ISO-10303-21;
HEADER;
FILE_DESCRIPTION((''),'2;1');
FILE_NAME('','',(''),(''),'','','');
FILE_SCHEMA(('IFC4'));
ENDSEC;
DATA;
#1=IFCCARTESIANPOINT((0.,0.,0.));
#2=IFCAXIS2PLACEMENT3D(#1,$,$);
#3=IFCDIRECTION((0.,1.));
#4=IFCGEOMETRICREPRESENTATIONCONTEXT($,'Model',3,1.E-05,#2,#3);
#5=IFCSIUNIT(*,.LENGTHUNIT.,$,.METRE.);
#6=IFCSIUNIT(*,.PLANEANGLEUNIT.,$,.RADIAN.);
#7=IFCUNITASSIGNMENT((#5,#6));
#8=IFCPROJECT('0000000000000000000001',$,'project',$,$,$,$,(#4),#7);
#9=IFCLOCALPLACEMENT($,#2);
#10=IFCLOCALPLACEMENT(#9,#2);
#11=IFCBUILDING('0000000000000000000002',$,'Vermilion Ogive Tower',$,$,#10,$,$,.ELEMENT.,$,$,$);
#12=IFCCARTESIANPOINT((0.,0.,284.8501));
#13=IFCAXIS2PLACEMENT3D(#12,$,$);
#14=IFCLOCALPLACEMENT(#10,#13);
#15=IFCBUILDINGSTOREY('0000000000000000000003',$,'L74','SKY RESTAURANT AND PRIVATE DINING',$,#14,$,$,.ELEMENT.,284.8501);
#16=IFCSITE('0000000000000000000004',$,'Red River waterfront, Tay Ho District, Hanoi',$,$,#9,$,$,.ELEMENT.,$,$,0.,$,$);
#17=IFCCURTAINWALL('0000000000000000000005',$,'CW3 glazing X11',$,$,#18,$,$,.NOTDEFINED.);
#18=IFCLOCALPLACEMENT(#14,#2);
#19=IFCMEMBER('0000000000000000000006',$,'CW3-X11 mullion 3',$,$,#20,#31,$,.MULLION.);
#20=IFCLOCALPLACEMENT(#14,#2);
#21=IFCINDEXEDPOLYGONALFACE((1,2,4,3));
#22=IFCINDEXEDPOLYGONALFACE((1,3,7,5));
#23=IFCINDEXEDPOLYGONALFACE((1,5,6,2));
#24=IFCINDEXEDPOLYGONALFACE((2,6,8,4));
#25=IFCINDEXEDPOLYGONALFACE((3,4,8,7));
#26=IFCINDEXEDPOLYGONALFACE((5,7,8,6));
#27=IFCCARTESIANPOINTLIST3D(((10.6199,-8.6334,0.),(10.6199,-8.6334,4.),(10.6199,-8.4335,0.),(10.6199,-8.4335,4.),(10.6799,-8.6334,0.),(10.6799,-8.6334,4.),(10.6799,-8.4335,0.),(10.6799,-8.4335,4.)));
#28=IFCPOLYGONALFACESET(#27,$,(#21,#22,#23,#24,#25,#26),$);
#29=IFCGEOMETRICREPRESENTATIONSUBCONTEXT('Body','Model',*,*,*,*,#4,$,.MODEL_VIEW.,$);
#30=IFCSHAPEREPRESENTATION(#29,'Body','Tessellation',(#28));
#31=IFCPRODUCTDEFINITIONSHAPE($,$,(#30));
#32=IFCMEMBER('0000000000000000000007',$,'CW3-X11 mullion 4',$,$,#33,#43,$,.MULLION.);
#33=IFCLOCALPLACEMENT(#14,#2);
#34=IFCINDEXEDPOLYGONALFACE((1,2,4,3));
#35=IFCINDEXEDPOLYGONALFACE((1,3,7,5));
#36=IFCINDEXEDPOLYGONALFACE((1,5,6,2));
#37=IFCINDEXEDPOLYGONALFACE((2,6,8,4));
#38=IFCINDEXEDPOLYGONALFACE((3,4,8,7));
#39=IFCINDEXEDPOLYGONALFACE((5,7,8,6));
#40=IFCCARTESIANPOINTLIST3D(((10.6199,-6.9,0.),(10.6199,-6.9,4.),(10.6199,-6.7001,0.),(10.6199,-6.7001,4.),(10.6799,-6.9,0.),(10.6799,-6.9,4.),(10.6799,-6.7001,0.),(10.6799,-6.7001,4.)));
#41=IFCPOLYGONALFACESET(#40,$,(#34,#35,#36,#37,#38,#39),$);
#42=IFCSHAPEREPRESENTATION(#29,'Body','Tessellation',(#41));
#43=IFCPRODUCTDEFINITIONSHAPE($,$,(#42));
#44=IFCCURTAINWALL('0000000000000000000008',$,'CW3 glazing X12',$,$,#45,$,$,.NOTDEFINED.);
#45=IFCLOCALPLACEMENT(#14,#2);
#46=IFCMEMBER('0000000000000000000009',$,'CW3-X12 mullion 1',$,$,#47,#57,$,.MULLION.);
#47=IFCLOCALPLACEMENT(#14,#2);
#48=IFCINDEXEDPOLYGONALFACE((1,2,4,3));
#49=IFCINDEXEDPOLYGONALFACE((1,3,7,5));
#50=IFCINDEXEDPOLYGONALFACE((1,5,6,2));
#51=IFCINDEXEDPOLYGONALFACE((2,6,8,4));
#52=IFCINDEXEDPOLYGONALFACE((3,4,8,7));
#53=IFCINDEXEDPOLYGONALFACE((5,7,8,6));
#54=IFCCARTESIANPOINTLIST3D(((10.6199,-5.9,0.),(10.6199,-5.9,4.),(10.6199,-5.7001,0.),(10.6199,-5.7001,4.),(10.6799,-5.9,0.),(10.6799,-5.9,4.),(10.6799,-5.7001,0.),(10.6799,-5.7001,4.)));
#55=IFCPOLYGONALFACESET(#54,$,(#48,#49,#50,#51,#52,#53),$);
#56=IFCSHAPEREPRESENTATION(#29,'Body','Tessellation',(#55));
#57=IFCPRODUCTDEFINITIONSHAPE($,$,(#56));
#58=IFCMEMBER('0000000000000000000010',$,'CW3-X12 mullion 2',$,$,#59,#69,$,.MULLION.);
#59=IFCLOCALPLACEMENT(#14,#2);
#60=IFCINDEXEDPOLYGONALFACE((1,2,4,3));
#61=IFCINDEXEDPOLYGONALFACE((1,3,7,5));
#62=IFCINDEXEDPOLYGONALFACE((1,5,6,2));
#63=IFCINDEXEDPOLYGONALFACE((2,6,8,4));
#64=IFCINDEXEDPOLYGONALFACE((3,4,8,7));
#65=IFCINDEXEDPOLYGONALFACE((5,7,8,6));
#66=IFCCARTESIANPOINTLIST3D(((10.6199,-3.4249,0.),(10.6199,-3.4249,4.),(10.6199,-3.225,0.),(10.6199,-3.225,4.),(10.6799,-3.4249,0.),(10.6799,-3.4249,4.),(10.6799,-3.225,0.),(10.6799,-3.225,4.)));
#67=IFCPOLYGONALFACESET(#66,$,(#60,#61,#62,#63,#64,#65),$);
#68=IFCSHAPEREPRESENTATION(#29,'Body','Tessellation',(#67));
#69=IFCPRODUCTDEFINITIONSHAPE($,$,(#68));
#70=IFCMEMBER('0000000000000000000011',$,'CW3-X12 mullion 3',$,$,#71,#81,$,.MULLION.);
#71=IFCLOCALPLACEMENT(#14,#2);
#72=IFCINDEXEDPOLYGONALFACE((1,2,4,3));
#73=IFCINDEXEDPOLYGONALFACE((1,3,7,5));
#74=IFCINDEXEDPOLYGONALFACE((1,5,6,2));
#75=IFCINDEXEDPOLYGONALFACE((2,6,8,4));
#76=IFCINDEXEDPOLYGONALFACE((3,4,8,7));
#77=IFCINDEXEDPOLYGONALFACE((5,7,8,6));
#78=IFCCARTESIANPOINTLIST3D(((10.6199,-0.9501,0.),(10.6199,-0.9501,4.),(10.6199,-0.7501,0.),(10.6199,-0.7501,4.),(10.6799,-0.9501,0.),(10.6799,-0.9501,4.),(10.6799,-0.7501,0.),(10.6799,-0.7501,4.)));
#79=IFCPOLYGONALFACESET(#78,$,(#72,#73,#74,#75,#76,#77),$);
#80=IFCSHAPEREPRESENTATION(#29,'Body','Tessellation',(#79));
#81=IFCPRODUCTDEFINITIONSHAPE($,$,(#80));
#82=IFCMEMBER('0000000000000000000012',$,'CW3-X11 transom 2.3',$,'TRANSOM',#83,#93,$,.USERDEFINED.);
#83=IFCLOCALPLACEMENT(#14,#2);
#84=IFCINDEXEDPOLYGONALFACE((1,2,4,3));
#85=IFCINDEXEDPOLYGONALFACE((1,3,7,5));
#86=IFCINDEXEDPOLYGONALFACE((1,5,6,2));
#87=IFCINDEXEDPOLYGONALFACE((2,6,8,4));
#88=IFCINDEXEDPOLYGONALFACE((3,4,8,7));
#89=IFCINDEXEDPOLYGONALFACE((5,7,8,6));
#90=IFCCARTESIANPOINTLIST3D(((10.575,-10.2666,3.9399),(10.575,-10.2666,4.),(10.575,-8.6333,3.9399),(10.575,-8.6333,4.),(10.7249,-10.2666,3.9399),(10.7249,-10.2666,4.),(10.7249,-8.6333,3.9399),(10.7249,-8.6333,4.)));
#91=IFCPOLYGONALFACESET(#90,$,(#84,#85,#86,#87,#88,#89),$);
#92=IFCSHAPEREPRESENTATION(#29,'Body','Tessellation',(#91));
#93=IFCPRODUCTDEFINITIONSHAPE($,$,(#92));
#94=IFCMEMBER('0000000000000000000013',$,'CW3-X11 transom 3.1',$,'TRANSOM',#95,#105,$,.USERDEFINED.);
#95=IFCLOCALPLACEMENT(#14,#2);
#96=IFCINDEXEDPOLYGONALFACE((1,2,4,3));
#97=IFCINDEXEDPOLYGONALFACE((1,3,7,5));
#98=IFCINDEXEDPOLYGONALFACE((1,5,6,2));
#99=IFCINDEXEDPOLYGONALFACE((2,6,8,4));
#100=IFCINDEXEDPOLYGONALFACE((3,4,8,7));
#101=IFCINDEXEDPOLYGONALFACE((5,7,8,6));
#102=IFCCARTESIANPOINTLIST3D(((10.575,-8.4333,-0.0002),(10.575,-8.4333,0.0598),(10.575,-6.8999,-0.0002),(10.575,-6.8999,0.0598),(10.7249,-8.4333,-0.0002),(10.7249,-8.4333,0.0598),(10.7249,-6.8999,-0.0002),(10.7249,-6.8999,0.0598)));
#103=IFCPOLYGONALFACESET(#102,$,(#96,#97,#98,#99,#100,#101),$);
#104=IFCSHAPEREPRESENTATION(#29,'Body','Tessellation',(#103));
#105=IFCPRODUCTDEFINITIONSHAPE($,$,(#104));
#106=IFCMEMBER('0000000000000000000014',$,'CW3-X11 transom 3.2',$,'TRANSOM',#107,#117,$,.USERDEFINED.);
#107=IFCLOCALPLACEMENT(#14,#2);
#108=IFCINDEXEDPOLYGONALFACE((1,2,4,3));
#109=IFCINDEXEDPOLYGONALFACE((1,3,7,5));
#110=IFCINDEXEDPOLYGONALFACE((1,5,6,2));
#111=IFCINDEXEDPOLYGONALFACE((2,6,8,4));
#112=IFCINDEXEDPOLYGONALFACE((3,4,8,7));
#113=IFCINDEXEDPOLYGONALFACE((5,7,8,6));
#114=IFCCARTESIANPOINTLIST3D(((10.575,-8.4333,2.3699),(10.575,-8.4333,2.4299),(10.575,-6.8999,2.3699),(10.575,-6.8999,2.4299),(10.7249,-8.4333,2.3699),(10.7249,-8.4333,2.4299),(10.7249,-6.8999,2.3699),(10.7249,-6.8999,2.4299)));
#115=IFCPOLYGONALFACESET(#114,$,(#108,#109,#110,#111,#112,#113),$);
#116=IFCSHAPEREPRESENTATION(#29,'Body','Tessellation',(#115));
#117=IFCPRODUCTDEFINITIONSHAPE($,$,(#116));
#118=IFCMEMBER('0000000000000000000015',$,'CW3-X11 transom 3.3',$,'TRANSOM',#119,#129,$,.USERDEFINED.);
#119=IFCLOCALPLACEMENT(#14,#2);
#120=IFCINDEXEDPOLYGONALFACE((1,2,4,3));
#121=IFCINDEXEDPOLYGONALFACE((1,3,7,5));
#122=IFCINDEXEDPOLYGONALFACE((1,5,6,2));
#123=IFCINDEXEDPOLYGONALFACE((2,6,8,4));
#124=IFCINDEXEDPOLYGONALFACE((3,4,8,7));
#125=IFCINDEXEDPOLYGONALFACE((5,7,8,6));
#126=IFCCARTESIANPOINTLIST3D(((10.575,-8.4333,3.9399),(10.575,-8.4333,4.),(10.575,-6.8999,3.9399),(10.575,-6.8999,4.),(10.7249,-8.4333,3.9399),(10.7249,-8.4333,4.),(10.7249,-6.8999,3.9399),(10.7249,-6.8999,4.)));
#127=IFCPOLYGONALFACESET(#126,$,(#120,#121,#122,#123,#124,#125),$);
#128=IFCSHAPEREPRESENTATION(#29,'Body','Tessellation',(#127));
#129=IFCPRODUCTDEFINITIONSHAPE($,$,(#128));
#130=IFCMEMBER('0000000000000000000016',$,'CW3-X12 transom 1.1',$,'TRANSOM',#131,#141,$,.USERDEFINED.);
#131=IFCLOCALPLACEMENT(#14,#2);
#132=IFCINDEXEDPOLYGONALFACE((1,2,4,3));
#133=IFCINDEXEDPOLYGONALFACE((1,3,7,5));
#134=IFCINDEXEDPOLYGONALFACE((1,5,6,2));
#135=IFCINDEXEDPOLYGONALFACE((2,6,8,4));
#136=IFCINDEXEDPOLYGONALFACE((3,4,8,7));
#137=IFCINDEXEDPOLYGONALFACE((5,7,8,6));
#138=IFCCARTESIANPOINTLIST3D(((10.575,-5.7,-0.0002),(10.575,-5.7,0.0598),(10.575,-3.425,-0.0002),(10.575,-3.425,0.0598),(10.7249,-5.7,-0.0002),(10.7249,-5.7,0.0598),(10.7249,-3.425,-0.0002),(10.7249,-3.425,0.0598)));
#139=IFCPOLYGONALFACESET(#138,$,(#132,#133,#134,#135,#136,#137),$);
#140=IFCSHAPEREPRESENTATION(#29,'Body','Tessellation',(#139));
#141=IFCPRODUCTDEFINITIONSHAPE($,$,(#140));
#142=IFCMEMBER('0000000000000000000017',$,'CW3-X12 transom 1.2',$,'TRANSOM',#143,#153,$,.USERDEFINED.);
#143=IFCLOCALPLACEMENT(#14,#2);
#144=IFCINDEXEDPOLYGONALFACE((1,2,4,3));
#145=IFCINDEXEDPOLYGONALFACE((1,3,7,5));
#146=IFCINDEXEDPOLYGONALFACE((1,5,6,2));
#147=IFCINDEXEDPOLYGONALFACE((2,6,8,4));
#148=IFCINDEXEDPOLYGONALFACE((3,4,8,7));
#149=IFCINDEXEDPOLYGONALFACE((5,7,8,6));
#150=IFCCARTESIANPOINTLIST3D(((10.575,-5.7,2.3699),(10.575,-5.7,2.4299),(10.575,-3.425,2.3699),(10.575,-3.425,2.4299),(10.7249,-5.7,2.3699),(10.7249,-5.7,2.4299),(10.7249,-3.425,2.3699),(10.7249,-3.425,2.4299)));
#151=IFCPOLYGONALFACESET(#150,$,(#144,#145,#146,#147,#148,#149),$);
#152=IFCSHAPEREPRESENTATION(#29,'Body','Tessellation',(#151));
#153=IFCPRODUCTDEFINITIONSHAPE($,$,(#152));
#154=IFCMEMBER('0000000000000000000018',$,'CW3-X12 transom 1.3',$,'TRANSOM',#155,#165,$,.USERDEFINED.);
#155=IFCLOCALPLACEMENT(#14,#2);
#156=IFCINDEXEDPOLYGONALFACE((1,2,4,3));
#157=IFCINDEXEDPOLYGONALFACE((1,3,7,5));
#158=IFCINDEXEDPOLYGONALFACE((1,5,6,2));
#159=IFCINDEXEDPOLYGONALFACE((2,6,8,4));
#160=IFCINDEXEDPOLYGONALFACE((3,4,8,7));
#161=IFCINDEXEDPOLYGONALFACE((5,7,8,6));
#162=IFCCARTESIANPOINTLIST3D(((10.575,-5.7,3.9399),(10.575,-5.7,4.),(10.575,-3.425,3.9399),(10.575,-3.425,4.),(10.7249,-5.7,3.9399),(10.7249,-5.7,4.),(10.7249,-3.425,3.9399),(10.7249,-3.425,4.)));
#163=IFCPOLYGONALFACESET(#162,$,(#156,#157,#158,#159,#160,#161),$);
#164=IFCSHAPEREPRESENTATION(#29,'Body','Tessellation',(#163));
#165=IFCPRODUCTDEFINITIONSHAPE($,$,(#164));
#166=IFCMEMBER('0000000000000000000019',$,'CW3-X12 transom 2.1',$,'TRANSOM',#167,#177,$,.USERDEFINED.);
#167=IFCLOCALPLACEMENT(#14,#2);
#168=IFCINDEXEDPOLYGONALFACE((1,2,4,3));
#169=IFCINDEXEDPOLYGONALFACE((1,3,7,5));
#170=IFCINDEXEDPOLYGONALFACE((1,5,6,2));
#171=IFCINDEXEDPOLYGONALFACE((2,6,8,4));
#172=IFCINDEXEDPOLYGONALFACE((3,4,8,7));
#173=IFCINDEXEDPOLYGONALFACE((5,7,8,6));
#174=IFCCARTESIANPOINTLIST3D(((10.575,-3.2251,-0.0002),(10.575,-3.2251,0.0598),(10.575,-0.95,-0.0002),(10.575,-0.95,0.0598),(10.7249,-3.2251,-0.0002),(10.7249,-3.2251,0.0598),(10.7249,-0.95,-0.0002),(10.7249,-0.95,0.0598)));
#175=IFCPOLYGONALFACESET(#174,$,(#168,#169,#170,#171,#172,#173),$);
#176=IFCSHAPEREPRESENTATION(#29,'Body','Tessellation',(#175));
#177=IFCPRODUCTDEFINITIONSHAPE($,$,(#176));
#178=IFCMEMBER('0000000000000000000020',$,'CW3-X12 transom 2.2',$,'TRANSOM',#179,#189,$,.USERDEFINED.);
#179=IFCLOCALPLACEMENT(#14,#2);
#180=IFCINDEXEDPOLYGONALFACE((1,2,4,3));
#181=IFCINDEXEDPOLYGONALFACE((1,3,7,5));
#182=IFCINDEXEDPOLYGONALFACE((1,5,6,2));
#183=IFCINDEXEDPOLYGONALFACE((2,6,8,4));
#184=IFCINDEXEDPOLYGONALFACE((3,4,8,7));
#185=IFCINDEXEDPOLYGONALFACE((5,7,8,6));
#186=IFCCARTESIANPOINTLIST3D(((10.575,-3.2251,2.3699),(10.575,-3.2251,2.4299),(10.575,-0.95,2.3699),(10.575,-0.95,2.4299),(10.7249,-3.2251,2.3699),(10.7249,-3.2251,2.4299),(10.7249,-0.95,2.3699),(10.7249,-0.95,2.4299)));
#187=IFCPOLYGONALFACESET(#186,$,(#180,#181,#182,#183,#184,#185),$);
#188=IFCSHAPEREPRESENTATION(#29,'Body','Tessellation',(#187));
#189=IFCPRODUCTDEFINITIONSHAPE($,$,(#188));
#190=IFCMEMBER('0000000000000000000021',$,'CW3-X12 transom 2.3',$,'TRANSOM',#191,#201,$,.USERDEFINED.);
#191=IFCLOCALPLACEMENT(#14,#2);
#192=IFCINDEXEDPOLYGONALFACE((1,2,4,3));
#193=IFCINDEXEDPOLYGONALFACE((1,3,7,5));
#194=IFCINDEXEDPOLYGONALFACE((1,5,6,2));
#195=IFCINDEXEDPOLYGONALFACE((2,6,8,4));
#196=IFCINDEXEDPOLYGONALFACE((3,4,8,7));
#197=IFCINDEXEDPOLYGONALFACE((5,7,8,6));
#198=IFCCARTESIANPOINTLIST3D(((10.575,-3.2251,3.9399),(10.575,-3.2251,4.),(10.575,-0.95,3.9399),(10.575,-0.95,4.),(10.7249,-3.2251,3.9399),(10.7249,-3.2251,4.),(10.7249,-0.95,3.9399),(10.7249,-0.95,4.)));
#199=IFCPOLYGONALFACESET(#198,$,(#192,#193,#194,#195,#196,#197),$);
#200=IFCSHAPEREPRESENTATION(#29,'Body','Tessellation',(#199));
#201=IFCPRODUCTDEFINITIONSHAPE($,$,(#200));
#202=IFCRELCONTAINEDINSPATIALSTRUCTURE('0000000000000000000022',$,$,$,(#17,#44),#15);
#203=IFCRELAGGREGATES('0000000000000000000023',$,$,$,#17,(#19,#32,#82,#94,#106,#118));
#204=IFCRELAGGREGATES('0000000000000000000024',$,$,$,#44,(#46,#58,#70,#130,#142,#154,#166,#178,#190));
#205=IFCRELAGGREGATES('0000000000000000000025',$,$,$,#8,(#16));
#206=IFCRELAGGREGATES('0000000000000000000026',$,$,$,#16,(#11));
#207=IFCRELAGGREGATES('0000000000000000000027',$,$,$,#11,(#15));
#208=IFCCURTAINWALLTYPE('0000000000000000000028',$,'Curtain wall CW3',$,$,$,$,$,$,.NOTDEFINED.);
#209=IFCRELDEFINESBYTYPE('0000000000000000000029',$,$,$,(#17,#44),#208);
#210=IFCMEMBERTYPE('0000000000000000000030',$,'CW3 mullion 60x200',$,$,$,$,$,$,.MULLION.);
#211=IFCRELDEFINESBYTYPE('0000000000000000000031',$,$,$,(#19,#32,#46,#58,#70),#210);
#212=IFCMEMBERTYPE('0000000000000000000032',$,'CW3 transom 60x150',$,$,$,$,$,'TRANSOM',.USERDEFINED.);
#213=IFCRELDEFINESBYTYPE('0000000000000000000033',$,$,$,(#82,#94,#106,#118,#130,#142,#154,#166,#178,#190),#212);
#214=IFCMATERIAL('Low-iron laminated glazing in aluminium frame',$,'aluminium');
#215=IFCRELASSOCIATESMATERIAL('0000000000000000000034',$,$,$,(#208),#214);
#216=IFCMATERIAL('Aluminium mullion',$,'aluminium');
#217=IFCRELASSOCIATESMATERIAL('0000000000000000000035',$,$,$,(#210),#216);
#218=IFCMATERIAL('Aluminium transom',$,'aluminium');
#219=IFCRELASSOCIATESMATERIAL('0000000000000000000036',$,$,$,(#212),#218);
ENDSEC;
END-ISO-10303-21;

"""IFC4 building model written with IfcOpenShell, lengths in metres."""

from ifc_helpers import new_model, si_unit, direction, frame, origin, origin_2d, place, context, subcontext, project, spatial, rectangle, extrude, material, material_profile, profile_set, type_object, element, aggregate, save


model = new_model("IFC4")

# Units and contexts
model_context = context("Model", 3, precision=1e-05, world=origin(), true_north=direction((0.0, 1.0)))
body_context = subcontext(model_context, "Body", "Model", "MODEL_VIEW")
ifc_project = project(units=[si_unit("LENGTHUNIT", "METRE"), si_unit("PLANEANGLEUNIT", "RADIAN")], contexts=[model_context])

# Site, building, storey
site_placement = place(None, origin())
site = spatial("IfcSite", under=ifc_project, at=site_placement, Name="Red River waterfront, Tay Ho District, Hanoi", CompositionType="ELEMENT", RefElevation=0.0)
building_placement = place(site_placement, origin())
building = spatial("IfcBuilding", under=site, at=building_placement, Name="Vermilion Ogive Tower", CompositionType="ELEMENT")
storey_placement = place(building_placement, frame((0.0, 0.0, 284.8501)))
storey = spatial("IfcBuildingStorey", under=building, at=storey_placement, Name="L74", Description="SKY RESTAURANT AND PRIVATE DINING", CompositionType="ELEMENT", Elevation=284.8501)

# Curtain walls, members
ifc_material_1 = material(Name="Low-iron laminated glazing in aluminium frame", Category="aluminium")
curtain_wall_type = type_object("IfcCurtainWallType", Name="Curtain wall CW3", PredefinedType="NOTDEFINED", material=ifc_material_1)
curtain_wall_1_placement = place(storey_placement, origin())
curtain_wall_1 = element("IfcCurtainWall", 1, at=curtain_wall_1_placement, inside=storey, type_object=curtain_wall_type, Name="CW3 glazing X11", PredefinedType="NOTDEFINED")
ifc_material_2 = material(Name="Aluminium mullion", Category="aluminium")
ifc_material_profile_1 = material_profile(ifc_material_2, rectangle(XDim=0.0601, YDim=0.2, at=origin_2d()), Name="AL 60x200")
ifc_profile_set_1 = profile_set([ifc_material_profile_1], Name="Aluminium mullion")
member_type_1 = type_object("IfcMemberType", Name="CW3 mullion 60x200", PredefinedType="MULLION", material=ifc_profile_set_1)
member_1_placement = place(storey_placement, frame((10.6499, -8.5334, 0.0), z_axis=(0.0, 0.0, 1.0), x_axis=(-1.0, 0.0, 0.0)))
member_1 = element("IfcMember", 2, at=member_1_placement, type_object=member_type_1, Name="CW3-X11 mullion 3", PredefinedType="MULLION", context=body_context, shape_type="SweptSolid", body=[
    extrude(rectangle(XDim=0.0601, YDim=0.2, at=origin_2d()), origin(), (0.0, 0.0, 1.0), 4.0),
])
member_2_placement = place(storey_placement, frame((10.6499, -6.8, 0.0), z_axis=(0.0, 0.0, 1.0), x_axis=(-1.0, 0.0, 0.0)))
member_2 = element("IfcMember", 3, at=member_2_placement, type_object=member_type_1, Name="CW3-X11 mullion 4", PredefinedType="MULLION", context=body_context, shape_type="SweptSolid", body=[
    extrude(rectangle(XDim=0.0601, YDim=0.2, at=origin_2d()), origin(), (0.0, 0.0, 1.0), 4.0),
])
curtain_wall_2_placement = place(storey_placement, origin())
curtain_wall_2 = element("IfcCurtainWall", 4, at=curtain_wall_2_placement, inside=storey, type_object=curtain_wall_type, Name="CW3 glazing X12", PredefinedType="NOTDEFINED")
member_3_placement = place(storey_placement, frame((10.6499, -5.8, 0.0), z_axis=(0.0, 0.0, 1.0), x_axis=(-1.0, 0.0, 0.0)))
member_3 = element("IfcMember", 5, at=member_3_placement, type_object=member_type_1, Name="CW3-X12 mullion 1", PredefinedType="MULLION", context=body_context, shape_type="SweptSolid", body=[
    extrude(rectangle(XDim=0.0601, YDim=0.2, at=origin_2d()), origin(), (0.0, 0.0, 1.0), 4.0),
])
member_4_placement = place(storey_placement, frame((10.6499, -3.325, 0.0), z_axis=(0.0, 0.0, 1.0), x_axis=(-1.0, 0.0, 0.0)))
member_4 = element("IfcMember", 6, at=member_4_placement, type_object=member_type_1, Name="CW3-X12 mullion 2", PredefinedType="MULLION", context=body_context, shape_type="SweptSolid", body=[
    extrude(rectangle(XDim=0.0601, YDim=0.2, at=origin_2d()), origin(), (0.0, 0.0, 1.0), 4.0),
])
member_5_placement = place(storey_placement, frame((10.6499, -0.8501, 0.0), z_axis=(0.0, 0.0, 1.0), x_axis=(-1.0, 0.0, 0.0)))
member_5 = element("IfcMember", 7, at=member_5_placement, type_object=member_type_1, Name="CW3-X12 mullion 3", PredefinedType="MULLION", context=body_context, shape_type="SweptSolid", body=[
    extrude(rectangle(XDim=0.0601, YDim=0.2, at=origin_2d()), origin(), (0.0, 0.0, 1.0), 4.0),
])

# Members
ifc_material_3 = material(Name="Aluminium transom", Category="aluminium")
ifc_material_profile_2 = material_profile(ifc_material_3, rectangle(XDim=0.1499, YDim=0.0601, at=origin_2d()), Name="AL 60x150")
ifc_profile_set_2 = profile_set([ifc_material_profile_2], Name="Aluminium transom")
member_type_2 = type_object("IfcMemberType", Name="CW3 transom 60x150", ElementType="TRANSOM", PredefinedType="USERDEFINED", material=ifc_profile_set_2)
member_6_placement = place(storey_placement, frame((10.6499, -10.2666, 3.97), z_axis=(0.0, 1.0, 0.0), x_axis=(-1.0, 0.0, 0.0)))
member_6 = element("IfcMember", 8, at=member_6_placement, type_object=member_type_2, Name="CW3-X11 transom 2.3", ObjectType="TRANSOM", PredefinedType="USERDEFINED", context=body_context, shape_type="SweptSolid", body=[
    extrude(rectangle(XDim=0.1499, YDim=0.0601, at=origin_2d()), origin(), (0.0, 0.0, 1.0), 1.6333),
])
member_7_placement = place(storey_placement, frame((10.6499, -8.4333, 0.0298), z_axis=(0.0, 1.0, 0.0), x_axis=(-1.0, 0.0, 0.0)))
member_7 = element("IfcMember", 9, at=member_7_placement, type_object=member_type_2, Name="CW3-X11 transom 3.1", ObjectType="TRANSOM", PredefinedType="USERDEFINED", context=body_context, shape_type="SweptSolid", body=[
    extrude(rectangle(XDim=0.1499, YDim=0.0601, at=origin_2d()), origin(), (0.0, 0.0, 1.0), 1.5334),
])
member_8_placement = place(storey_placement, frame((10.6499, -8.4333, 2.3999), z_axis=(0.0, 1.0, 0.0), x_axis=(-1.0, 0.0, 0.0)))
member_8 = element("IfcMember", 10, at=member_8_placement, type_object=member_type_2, Name="CW3-X11 transom 3.2", ObjectType="TRANSOM", PredefinedType="USERDEFINED", context=body_context, shape_type="SweptSolid", body=[
    extrude(rectangle(XDim=0.1499, YDim=0.0601, at=origin_2d()), origin(), (0.0, 0.0, 1.0), 1.5334),
])
member_9_placement = place(storey_placement, frame((10.6499, -8.4333, 3.97), z_axis=(0.0, 1.0, 0.0), x_axis=(-1.0, 0.0, 0.0)))
member_9 = element("IfcMember", 11, at=member_9_placement, type_object=member_type_2, Name="CW3-X11 transom 3.3", ObjectType="TRANSOM", PredefinedType="USERDEFINED", context=body_context, shape_type="SweptSolid", body=[
    extrude(rectangle(XDim=0.1499, YDim=0.0601, at=origin_2d()), origin(), (0.0, 0.0, 1.0), 1.5334),
])
member_10_placement = place(storey_placement, frame((10.6499, -5.7, 0.0298), z_axis=(0.0, 1.0, 0.0), x_axis=(-1.0, 0.0, 0.0)))
member_10 = element("IfcMember", 12, at=member_10_placement, type_object=member_type_2, Name="CW3-X12 transom 1.1", ObjectType="TRANSOM", PredefinedType="USERDEFINED", context=body_context, shape_type="SweptSolid", body=[
    extrude(rectangle(XDim=0.1499, YDim=0.0601, at=origin_2d()), origin(), (0.0, 0.0, 1.0), 2.2749),
])
member_11_placement = place(storey_placement, frame((10.6499, -5.7, 2.3999), z_axis=(0.0, 1.0, 0.0), x_axis=(-1.0, 0.0, 0.0)))
member_11 = element("IfcMember", 13, at=member_11_placement, type_object=member_type_2, Name="CW3-X12 transom 1.2", ObjectType="TRANSOM", PredefinedType="USERDEFINED", context=body_context, shape_type="SweptSolid", body=[
    extrude(rectangle(XDim=0.1499, YDim=0.0601, at=origin_2d()), origin(), (0.0, 0.0, 1.0), 2.2749),
])
member_12_placement = place(storey_placement, frame((10.6499, -5.7, 3.97), z_axis=(0.0, 1.0, 0.0), x_axis=(-1.0, 0.0, 0.0)))
member_12 = element("IfcMember", 14, at=member_12_placement, type_object=member_type_2, Name="CW3-X12 transom 1.3", ObjectType="TRANSOM", PredefinedType="USERDEFINED", context=body_context, shape_type="SweptSolid", body=[
    extrude(rectangle(XDim=0.1499, YDim=0.0601, at=origin_2d()), origin(), (0.0, 0.0, 1.0), 2.2749),
])
member_13_placement = place(storey_placement, frame((10.6499, -3.2251, 0.0298), z_axis=(0.0, 1.0, 0.0), x_axis=(-1.0, 0.0, 0.0)))
member_13 = element("IfcMember", 15, at=member_13_placement, type_object=member_type_2, Name="CW3-X12 transom 2.1", ObjectType="TRANSOM", PredefinedType="USERDEFINED", context=body_context, shape_type="SweptSolid", body=[
    extrude(rectangle(XDim=0.1499, YDim=0.0601, at=origin_2d()), origin(), (0.0, 0.0, 1.0), 2.2751),
])
member_14_placement = place(storey_placement, frame((10.6499, -3.2251, 2.3999), z_axis=(0.0, 1.0, 0.0), x_axis=(-1.0, 0.0, 0.0)))
member_14 = element("IfcMember", 16, at=member_14_placement, type_object=member_type_2, Name="CW3-X12 transom 2.2", ObjectType="TRANSOM", PredefinedType="USERDEFINED", context=body_context, shape_type="SweptSolid", body=[
    extrude(rectangle(XDim=0.1499, YDim=0.0601, at=origin_2d()), origin(), (0.0, 0.0, 1.0), 2.2751),
])
member_15_placement = place(storey_placement, frame((10.6499, -3.2251, 3.97), z_axis=(0.0, 1.0, 0.0), x_axis=(-1.0, 0.0, 0.0)))
member_15 = element("IfcMember", 17, at=member_15_placement, type_object=member_type_2, Name="CW3-X12 transom 2.3", ObjectType="TRANSOM", PredefinedType="USERDEFINED", context=body_context, shape_type="SweptSolid", body=[
    extrude(rectangle(XDim=0.1499, YDim=0.0601, at=origin_2d()), origin(), (0.0, 0.0, 1.0), 2.2751),
])

aggregate(curtain_wall_1, [member_1, member_2, member_6, member_7, member_8, member_9])
aggregate(curtain_wall_2, [member_3, member_4, member_5, member_10, member_11, member_12, member_13, member_14, member_15])

save(model, "model.ifc")
